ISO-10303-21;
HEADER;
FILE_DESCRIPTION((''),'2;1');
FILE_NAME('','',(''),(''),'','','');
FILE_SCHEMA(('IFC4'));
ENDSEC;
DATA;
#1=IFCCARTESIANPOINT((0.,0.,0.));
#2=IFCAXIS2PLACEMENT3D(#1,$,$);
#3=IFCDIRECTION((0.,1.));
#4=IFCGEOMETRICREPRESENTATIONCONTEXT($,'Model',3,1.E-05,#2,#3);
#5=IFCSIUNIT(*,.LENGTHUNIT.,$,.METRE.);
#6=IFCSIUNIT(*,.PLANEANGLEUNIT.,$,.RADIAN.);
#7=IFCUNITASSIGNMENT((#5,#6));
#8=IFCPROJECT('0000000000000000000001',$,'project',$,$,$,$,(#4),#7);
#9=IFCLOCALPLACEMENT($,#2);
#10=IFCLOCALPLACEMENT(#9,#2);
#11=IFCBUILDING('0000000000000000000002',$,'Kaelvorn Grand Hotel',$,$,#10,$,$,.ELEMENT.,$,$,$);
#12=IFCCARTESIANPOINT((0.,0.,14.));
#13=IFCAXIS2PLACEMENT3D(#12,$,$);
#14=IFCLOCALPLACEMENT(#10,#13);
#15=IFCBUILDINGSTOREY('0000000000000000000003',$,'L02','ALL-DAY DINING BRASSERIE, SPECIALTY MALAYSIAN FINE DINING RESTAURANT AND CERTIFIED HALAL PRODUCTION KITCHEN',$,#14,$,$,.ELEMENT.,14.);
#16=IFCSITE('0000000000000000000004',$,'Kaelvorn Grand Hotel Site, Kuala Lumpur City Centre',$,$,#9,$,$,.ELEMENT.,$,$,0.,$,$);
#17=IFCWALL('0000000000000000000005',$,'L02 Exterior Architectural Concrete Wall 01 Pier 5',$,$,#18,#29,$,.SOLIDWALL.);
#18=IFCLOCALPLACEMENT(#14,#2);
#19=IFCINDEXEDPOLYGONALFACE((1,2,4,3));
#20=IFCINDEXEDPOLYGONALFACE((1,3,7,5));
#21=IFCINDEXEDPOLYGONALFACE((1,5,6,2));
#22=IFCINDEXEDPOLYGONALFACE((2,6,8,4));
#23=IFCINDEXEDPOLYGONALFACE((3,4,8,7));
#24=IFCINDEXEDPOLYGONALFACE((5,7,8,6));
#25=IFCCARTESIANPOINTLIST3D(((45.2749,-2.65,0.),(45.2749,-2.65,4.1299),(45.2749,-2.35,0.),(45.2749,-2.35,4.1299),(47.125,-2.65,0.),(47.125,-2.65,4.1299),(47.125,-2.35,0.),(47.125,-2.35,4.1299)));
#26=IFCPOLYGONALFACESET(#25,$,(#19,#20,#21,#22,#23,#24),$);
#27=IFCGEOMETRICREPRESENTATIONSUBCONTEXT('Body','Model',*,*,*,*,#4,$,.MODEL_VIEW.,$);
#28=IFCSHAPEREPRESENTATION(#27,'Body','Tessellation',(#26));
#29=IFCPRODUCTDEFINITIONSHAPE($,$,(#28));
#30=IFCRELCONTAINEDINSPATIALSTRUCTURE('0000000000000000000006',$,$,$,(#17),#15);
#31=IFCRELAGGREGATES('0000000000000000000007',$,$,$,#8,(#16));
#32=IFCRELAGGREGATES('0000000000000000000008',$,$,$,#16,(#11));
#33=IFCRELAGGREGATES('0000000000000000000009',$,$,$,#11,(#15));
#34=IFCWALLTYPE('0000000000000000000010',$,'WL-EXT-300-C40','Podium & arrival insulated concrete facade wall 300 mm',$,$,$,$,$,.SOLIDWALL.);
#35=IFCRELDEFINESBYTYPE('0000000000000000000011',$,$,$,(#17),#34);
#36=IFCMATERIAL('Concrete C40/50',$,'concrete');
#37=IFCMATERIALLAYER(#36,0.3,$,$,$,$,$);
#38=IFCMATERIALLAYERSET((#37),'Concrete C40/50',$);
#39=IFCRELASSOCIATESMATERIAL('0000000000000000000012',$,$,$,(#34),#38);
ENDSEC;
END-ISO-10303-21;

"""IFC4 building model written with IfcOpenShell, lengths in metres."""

from ifc_helpers import new_model, si_unit, direction, frame, frame_2d, origin, place, context, subcontext, project, spatial, rectangle, extrude, material, layer, layer_set, type_object, element, save


model = new_model("IFC4")

# Units and contexts
model_context = context("Model", 3, precision=1e-05, world=origin(), true_north=direction((0.0, 1.0)))
body_context = subcontext(model_context, "Body", "Model", "MODEL_VIEW")
ifc_project = project(units=[si_unit("LENGTHUNIT", "METRE"), si_unit("PLANEANGLEUNIT", "RADIAN")], contexts=[model_context])

# Site, building, storey
site_placement = place(None, origin())
site = spatial("IfcSite", under=ifc_project, at=site_placement, Name="Kaelvorn Grand Hotel Site, Kuala Lumpur City Centre", CompositionType="ELEMENT", RefElevation=0.0)
building_placement = place(site_placement, origin())
building = spatial("IfcBuilding", under=site, at=building_placement, Name="Kaelvorn Grand Hotel", CompositionType="ELEMENT")
storey_placement = place(building_placement, frame((0.0, 0.0, 14.0)))
storey = spatial("IfcBuildingStorey", under=building, at=storey_placement, Name="L02", Description="ALL-DAY DINING BRASSERIE, SPECIALTY MALAYSIAN FINE DINING RESTAURANT AND CERTIFIED HALAL PRODUCTION KITCHEN", CompositionType="ELEMENT", Elevation=14.0)

# Wall
ifc_material_1 = material(Name="Concrete C40/50", Category="concrete")
ifc_layer_1 = layer(ifc_material_1, 0.3)
ifc_layer_set_1 = layer_set([ifc_layer_1], Name="Concrete C40/50")
wall_type = type_object("IfcWallType", Name="WL-EXT-300-C40", Description="Podium & arrival insulated concrete facade wall 300 mm", PredefinedType="SOLIDWALL", material=ifc_layer_set_1)
wall_placement = place(storey_placement, frame((45.2749, -2.5, 0.0), z_axis=(0.0, 0.0, 1.0), x_axis=(1.0, 0.0, 0.0)))
element("IfcWall", 1, at=wall_placement, inside=storey, type_object=wall_type, Name="L02 Exterior Architectural Concrete Wall 01 Pier 5", PredefinedType="SOLIDWALL", context=body_context, shape_type="SweptSolid", body=[
    extrude(rectangle(XDim=1.8501, YDim=0.3, at=frame_2d((0.925, 0.0))), origin(), (0.0, 0.0, 1.0), 4.1299),
])

save(model, "model.ifc")
